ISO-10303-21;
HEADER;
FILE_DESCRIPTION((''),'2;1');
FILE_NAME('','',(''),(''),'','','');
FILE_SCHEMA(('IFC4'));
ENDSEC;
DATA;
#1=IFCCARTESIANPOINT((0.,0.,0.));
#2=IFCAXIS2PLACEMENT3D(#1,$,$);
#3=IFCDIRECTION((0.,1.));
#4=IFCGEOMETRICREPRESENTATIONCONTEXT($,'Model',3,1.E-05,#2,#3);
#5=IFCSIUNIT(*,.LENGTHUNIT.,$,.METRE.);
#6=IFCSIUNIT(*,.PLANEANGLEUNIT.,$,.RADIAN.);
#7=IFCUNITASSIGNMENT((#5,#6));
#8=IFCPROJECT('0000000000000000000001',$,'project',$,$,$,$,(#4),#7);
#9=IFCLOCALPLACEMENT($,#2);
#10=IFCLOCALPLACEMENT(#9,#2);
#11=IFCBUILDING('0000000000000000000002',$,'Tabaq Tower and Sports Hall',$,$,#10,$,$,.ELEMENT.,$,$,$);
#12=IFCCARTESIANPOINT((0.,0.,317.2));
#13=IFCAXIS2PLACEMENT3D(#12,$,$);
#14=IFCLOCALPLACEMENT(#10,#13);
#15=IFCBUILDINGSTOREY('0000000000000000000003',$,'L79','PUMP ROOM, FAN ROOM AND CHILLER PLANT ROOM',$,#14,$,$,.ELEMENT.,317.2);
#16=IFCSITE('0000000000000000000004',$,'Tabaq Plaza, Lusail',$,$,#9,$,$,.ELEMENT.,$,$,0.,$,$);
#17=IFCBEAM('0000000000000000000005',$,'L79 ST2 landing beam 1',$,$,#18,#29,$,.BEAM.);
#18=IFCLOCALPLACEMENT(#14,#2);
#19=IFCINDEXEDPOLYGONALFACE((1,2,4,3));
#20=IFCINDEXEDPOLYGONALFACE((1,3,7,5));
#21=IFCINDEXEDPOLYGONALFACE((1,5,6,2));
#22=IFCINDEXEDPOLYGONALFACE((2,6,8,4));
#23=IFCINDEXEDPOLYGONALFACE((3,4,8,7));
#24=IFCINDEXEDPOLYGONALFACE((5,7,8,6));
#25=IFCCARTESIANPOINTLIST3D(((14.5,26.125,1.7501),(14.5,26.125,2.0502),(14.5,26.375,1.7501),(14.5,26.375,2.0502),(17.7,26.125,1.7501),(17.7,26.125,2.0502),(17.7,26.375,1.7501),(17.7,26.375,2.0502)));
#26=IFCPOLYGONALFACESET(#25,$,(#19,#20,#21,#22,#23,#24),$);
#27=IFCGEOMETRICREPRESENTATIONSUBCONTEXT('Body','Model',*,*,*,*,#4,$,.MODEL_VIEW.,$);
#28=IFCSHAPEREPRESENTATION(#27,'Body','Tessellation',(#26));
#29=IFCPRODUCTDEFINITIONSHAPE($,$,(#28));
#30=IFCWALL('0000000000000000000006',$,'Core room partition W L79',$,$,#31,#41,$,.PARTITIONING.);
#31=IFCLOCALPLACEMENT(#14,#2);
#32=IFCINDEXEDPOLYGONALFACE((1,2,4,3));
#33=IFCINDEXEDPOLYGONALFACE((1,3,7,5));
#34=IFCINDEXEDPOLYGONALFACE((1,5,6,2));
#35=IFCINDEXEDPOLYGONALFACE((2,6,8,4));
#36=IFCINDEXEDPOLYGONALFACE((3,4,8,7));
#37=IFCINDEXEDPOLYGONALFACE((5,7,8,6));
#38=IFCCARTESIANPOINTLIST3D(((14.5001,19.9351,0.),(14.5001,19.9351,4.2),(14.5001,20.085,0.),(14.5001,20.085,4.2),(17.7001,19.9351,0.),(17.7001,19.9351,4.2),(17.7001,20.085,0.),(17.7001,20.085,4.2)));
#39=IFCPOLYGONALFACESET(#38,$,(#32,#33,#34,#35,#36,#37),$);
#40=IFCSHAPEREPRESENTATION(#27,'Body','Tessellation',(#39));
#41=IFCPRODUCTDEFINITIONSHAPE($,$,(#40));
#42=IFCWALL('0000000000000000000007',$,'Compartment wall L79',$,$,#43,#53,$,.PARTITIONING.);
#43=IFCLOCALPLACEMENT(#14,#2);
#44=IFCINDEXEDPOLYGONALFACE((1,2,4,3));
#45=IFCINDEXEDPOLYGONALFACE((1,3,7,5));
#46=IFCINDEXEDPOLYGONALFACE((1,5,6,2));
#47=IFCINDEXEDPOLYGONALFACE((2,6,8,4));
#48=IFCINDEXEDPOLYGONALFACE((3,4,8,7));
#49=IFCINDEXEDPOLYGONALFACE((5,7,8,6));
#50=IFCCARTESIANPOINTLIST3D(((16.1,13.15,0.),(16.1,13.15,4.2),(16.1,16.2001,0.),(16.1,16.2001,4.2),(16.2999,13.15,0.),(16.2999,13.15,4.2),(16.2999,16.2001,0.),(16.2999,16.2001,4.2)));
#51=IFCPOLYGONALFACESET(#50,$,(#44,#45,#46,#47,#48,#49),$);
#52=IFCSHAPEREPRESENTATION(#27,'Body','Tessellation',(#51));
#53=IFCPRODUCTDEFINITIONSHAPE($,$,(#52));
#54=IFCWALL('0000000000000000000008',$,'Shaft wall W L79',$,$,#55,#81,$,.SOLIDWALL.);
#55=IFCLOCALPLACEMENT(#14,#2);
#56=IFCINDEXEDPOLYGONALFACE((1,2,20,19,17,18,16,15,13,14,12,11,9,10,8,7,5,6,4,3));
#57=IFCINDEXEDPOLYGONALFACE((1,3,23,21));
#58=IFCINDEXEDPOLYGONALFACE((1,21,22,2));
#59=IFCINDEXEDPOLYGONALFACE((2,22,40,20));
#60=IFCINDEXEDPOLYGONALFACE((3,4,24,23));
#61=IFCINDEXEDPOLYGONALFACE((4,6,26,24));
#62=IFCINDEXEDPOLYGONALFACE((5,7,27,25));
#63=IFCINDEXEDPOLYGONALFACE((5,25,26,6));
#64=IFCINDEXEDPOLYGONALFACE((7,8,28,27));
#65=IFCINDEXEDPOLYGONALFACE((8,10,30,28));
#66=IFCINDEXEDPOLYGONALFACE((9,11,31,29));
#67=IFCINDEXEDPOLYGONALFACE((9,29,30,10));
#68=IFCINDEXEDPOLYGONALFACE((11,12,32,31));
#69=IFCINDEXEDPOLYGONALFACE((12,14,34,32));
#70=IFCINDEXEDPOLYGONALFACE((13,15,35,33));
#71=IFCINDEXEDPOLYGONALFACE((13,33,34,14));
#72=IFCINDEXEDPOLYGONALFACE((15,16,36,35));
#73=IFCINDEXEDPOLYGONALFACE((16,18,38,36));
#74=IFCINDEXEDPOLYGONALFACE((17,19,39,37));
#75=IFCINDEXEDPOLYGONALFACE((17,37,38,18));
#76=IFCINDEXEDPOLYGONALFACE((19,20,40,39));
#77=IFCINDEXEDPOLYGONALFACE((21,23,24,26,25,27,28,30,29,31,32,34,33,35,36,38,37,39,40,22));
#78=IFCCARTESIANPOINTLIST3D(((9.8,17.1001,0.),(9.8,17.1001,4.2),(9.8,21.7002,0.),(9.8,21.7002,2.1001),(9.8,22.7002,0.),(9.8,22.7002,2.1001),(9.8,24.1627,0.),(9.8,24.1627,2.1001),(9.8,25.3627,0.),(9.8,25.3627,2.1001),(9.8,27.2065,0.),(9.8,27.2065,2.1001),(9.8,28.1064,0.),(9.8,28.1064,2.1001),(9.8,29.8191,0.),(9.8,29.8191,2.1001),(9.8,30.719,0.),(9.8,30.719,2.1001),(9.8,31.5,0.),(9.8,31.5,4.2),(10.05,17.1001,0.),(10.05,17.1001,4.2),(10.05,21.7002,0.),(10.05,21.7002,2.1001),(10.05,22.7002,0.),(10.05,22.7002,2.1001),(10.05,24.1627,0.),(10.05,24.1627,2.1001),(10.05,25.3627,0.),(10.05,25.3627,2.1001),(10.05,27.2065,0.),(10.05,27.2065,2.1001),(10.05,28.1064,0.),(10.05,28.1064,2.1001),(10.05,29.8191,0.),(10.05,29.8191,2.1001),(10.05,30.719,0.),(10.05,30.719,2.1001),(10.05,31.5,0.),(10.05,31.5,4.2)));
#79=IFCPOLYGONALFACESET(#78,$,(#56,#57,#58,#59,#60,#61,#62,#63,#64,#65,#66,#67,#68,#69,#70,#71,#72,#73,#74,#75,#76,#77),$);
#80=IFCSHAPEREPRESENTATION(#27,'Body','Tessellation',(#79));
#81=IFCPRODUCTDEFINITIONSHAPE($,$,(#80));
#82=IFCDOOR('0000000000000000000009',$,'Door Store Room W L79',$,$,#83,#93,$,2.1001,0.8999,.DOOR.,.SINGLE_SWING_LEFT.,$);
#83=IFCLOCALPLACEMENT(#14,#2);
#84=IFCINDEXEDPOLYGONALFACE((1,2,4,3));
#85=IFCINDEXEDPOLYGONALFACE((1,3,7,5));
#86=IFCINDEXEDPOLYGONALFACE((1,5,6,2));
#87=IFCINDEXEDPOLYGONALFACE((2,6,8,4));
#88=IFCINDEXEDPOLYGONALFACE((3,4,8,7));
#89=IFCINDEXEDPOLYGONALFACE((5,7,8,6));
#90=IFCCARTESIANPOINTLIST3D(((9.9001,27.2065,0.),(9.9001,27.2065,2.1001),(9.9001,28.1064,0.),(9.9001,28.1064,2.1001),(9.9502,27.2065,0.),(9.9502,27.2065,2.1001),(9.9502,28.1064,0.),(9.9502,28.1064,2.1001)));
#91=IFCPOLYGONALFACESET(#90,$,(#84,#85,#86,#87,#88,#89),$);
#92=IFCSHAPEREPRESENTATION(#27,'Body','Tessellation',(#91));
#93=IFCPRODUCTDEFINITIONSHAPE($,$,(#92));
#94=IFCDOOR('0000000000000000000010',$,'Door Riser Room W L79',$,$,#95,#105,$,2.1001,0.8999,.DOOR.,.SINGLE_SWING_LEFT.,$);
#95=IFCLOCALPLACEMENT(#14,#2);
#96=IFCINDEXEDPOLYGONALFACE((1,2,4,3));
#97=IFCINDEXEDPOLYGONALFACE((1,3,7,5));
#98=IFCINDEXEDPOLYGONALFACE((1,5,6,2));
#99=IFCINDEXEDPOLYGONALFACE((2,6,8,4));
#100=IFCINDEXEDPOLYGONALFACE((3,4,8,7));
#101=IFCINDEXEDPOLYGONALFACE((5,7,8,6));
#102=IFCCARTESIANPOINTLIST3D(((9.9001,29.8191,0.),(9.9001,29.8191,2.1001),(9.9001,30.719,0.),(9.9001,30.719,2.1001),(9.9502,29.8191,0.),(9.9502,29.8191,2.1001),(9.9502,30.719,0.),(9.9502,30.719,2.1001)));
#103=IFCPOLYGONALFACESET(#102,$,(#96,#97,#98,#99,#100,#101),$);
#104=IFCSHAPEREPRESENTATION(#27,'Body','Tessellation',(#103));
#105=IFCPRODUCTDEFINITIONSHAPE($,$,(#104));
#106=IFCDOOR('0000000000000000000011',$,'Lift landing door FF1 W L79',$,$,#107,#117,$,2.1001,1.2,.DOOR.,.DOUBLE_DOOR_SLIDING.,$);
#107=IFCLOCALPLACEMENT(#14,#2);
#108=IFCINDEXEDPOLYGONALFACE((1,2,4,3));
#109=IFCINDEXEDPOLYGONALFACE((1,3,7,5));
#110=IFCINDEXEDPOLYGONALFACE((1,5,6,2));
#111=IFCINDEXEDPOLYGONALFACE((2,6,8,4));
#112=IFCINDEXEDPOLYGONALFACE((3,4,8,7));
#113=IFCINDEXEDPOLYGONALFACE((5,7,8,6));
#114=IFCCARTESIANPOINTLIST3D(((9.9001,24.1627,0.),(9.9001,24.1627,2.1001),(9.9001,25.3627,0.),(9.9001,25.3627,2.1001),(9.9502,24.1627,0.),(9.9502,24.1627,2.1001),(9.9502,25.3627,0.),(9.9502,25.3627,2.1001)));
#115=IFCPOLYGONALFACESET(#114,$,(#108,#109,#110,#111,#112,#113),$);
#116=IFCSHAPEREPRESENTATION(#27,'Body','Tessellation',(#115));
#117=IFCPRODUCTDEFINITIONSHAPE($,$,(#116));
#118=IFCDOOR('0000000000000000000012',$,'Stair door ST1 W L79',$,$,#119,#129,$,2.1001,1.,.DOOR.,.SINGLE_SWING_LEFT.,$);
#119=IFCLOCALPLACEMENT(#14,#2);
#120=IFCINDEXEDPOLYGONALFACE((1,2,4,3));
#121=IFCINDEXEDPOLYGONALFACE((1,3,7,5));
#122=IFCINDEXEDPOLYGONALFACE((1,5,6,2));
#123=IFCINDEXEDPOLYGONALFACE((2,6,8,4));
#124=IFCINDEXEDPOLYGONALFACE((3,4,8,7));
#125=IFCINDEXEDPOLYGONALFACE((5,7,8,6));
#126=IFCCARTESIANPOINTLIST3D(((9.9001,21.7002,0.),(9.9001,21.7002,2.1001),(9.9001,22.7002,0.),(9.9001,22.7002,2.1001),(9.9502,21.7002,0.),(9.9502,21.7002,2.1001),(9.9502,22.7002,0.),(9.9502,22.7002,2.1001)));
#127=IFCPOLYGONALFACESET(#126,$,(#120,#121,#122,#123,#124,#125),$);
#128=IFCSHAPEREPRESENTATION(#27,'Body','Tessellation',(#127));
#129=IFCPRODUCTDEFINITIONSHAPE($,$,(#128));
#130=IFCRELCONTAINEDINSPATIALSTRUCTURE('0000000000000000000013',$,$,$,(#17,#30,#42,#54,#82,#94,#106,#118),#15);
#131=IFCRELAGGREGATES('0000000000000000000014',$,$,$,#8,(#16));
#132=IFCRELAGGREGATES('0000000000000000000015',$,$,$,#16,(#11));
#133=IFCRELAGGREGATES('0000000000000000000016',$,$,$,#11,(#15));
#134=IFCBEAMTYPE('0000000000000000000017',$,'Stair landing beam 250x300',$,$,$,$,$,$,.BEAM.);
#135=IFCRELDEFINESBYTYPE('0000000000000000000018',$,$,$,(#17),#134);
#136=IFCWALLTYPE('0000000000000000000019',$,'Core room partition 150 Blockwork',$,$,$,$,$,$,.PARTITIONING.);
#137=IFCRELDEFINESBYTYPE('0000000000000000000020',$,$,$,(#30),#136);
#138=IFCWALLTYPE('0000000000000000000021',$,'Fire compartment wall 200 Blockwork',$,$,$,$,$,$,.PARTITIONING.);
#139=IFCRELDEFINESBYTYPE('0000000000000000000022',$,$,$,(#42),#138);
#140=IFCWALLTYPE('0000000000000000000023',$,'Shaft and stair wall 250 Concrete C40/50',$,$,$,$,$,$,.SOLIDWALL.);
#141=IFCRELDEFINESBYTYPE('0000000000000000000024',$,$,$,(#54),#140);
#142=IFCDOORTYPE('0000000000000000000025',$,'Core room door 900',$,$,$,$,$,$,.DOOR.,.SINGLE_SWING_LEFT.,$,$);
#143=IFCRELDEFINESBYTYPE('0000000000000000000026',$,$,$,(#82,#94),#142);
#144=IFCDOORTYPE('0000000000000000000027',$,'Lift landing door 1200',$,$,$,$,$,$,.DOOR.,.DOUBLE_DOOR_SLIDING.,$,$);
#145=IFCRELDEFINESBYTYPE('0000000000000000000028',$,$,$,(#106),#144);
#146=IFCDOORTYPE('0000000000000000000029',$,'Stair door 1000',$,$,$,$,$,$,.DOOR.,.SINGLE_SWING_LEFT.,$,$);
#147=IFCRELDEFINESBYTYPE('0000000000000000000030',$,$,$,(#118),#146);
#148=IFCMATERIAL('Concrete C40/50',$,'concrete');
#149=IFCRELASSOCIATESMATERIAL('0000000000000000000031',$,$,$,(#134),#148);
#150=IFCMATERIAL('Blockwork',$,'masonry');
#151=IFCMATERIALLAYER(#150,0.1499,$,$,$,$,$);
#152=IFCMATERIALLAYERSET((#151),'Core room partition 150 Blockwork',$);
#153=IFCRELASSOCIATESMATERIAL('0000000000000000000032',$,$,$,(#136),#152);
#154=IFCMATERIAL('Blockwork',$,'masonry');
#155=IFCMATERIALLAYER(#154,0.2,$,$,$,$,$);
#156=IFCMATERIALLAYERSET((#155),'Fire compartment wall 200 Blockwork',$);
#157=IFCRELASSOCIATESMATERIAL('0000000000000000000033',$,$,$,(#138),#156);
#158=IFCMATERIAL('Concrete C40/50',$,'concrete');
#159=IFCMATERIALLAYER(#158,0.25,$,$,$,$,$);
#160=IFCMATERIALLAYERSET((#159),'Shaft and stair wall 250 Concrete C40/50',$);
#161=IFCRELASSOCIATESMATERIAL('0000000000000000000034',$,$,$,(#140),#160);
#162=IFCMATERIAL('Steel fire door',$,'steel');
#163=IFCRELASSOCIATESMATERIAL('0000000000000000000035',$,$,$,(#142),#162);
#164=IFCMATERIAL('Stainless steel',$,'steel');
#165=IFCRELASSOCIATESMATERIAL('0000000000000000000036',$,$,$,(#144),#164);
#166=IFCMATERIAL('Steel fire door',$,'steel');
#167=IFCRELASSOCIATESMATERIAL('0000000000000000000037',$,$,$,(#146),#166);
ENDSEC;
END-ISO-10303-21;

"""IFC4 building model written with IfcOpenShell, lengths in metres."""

from ifc_helpers import new_model, si_unit, direction, frame, frame_2d, origin, origin_2d, place, context, subcontext, project, spatial, rectangle, extrude, material, layer, layer_set, material_profile, profile_set, type_object, element, fill, save


model = new_model("IFC4")

# Units and contexts
model_context = context("Model", 3, precision=1e-05, world=origin(), true_north=direction((0.0, 1.0)))
body_context = subcontext(model_context, "Body", "Model", "MODEL_VIEW")
ifc_project = project(units=[si_unit("LENGTHUNIT", "METRE"), si_unit("PLANEANGLEUNIT", "RADIAN")], contexts=[model_context])

# Site, building, storey
site_placement = place(None, origin())
site = spatial("IfcSite", under=ifc_project, at=site_placement, Name="Tabaq Plaza, Lusail", CompositionType="ELEMENT", RefElevation=0.0)
building_placement = place(site_placement, origin())
building = spatial("IfcBuilding", under=site, at=building_placement, Name="Tabaq Tower and Sports Hall", CompositionType="ELEMENT")
storey_placement = place(building_placement, frame((0.0, 0.0, 317.2)))
storey = spatial("IfcBuildingStorey", under=building, at=storey_placement, Name="L79", Description="PUMP ROOM, FAN ROOM AND CHILLER PLANT ROOM", CompositionType="ELEMENT", Elevation=317.2)

# Beam
ifc_material_1 = material(Name="Concrete C40/50", Category="concrete")
ifc_material_profile = material_profile(ifc_material_1, rectangle(XDim=0.25, YDim=0.3, at=origin_2d()), Name="RC 250x300")
ifc_profile_set = profile_set([ifc_material_profile], Name="Concrete C40/50")
beam_type = type_object("IfcBeamType", Name="Stair landing beam 250x300", PredefinedType="BEAM", material=ifc_profile_set)
beam_placement = place(storey_placement, frame((14.5, 26.25, 1.9001), z_axis=(1.0, 0.0, 0.0), x_axis=(0.0, 1.0, 0.0)))
element("IfcBeam", 1, at=beam_placement, inside=storey, type_object=beam_type, Name="L79 ST2 landing beam 1", PredefinedType="BEAM", context=body_context, shape_type="SweptSolid", body=[
    extrude(rectangle(XDim=0.25, YDim=0.3, at=origin_2d()), origin(), (0.0, 0.0, 1.0), 3.2),
])

# Walls
ifc_material_2 = material(Name="Blockwork", Category="masonry")
ifc_layer_1 = layer(ifc_material_2, 0.1499)
ifc_layer_set_1 = layer_set([ifc_layer_1], Name="Core room partition 150 Blockwork")
wall_type_1 = type_object("IfcWallType", Name="Core room partition 150 Blockwork", PredefinedType="PARTITIONING", material=ifc_layer_set_1)
wall_1_placement = place(storey_placement, frame((14.5, 20.01, 0.0), z_axis=(0.0, 0.0, 1.0), x_axis=(1.0, 0.0, 0.0)))
element("IfcWall", 2, at=wall_1_placement, inside=storey, type_object=wall_type_1, Name="Core room partition W L79", PredefinedType="PARTITIONING", context=body_context, shape_type="SweptSolid", body=[
    extrude(rectangle(XDim=3.2, YDim=0.1499, at=frame_2d((1.6001, 0.0))), origin(), (0.0, 0.0, 1.0), 4.2),
])
ifc_material_3 = material(Name="Blockwork", Category="masonry")
ifc_layer_2 = layer(ifc_material_3, 0.2)
ifc_layer_set_2 = layer_set([ifc_layer_2], Name="Fire compartment wall 200 Blockwork")
wall_type_2 = type_object("IfcWallType", Name="Fire compartment wall 200 Blockwork", PredefinedType="PARTITIONING", material=ifc_layer_set_2)
wall_2_placement = place(storey_placement, frame((16.2, 16.2, 0.0), z_axis=(0.0, 0.0, 1.0), x_axis=(0.0, -1.0, 0.0)))
element("IfcWall", 3, at=wall_2_placement, inside=storey, type_object=wall_type_2, Name="Compartment wall L79", PredefinedType="PARTITIONING", context=body_context, shape_type="SweptSolid", body=[
    extrude(rectangle(XDim=3.05, YDim=0.2, at=frame_2d((1.5249, 0.0))), origin(), (0.0, 0.0, 1.0), 4.2),
])

# Wall, openings, doors
ifc_material_4 = material(Name="Concrete C40/50", Category="concrete")
ifc_layer_3 = layer(ifc_material_4, 0.25)
ifc_layer_set_3 = layer_set([ifc_layer_3], Name="Shaft and stair wall 250 Concrete C40/50")
wall_type_3 = type_object("IfcWallType", Name="Shaft and stair wall 250 Concrete C40/50", PredefinedType="SOLIDWALL", material=ifc_layer_set_3)
wall_3_placement = place(storey_placement, frame((9.925, 17.1001, 0.0), z_axis=(0.0, 0.0, 1.0), x_axis=(0.0, 1.0, 0.0)))
wall_3 = element("IfcWall", 4, at=wall_3_placement, inside=storey, type_object=wall_type_3, Name="Shaft wall W L79", PredefinedType="SOLIDWALL", context=body_context, shape_type="SweptSolid", body=[
    extrude(rectangle(XDim=14.3999, YDim=0.25, at=frame_2d((7.2, 0.0))), origin(), (0.0, 0.0, 1.0), 4.2),
])
opening_1_placement = place(wall_3_placement, frame((4.6001, 0.0, 0.0)))
opening_1 = element("IfcOpeningElement", 5, at=opening_1_placement, cuts=wall_3, PredefinedType="OPENING", context=body_context, shape_type="SweptSolid", body=[
    extrude(rectangle(XDim=1.0, YDim=2.1001, at=frame_2d((0.5, 1.05))), frame((0.0, 0.125, 0.0), z_axis=(0.0, -1.0, 0.0), x_axis=(1.0, 0.0, 0.0)), (0.0, 0.0, 1.0), 0.25),
])
opening_2_placement = place(wall_3_placement, frame((7.0625, 0.0, 0.0)))
opening_2 = element("IfcOpeningElement", 6, at=opening_2_placement, cuts=wall_3, PredefinedType="OPENING", context=body_context, shape_type="SweptSolid", body=[
    extrude(rectangle(XDim=1.2, YDim=2.1001, at=frame_2d((0.6001, 1.05))), frame((0.0, 0.125, 0.0), z_axis=(0.0, -1.0, 0.0), x_axis=(1.0, 0.0, 0.0)), (0.0, 0.0, 1.0), 0.25),
])
opening_3_placement = place(wall_3_placement, frame((10.1064, 0.0, 0.0)))
opening_3 = element("IfcOpeningElement", 7, at=opening_3_placement, cuts=wall_3, PredefinedType="OPENING", context=body_context, shape_type="SweptSolid", body=[
    extrude(rectangle(XDim=0.8999, YDim=2.1001, at=frame_2d((0.45, 1.05))), frame((0.0, 0.125, 0.0), z_axis=(0.0, -1.0, 0.0), x_axis=(1.0, 0.0, 0.0)), (0.0, 0.0, 1.0), 0.25),
])
opening_4_placement = place(wall_3_placement, frame((12.719, 0.0, 0.0)))
opening_4 = element("IfcOpeningElement", 8, at=opening_4_placement, cuts=wall_3, PredefinedType="OPENING", context=body_context, shape_type="SweptSolid", body=[
    extrude(rectangle(XDim=0.8999, YDim=2.1001, at=frame_2d((0.45, 1.05))), frame((0.0, 0.125, 0.0), z_axis=(0.0, -1.0, 0.0), x_axis=(1.0, 0.0, 0.0)), (0.0, 0.0, 1.0), 0.25),
])
ifc_material_5 = material(Name="Steel fire door", Category="steel")
door_type_1 = type_object("IfcDoorType", Name="Core room door 900", OperationType="SINGLE_SWING_LEFT", PredefinedType="DOOR", material=ifc_material_5)
door_1_placement = place(opening_3_placement, origin())
door_1 = element("IfcDoor", 9, at=door_1_placement, inside=storey, type_object=door_type_1, Name="Door Store Room W L79", OperationType="SINGLE_SWING_LEFT", OverallHeight=2.1001, OverallWidth=0.8999, PredefinedType="DOOR", context=body_context, shape_type="SweptSolid", body=[
    extrude(rectangle(XDim=0.8999, YDim=2.1001, at=frame_2d((0.45, 1.05))), frame((0.0, 0.0249, 0.0), z_axis=(0.0, -1.0, 0.0), x_axis=(1.0, 0.0, 0.0)), (0.0, 0.0, 1.0), 0.05),
])
fill(opening_3, door_1)
door_2_placement = place(opening_4_placement, origin())
door_2 = element("IfcDoor", 10, at=door_2_placement, inside=storey, type_object=door_type_1, Name="Door Riser Room W L79", OperationType="SINGLE_SWING_LEFT", OverallHeight=2.1001, OverallWidth=0.8999, PredefinedType="DOOR", context=body_context, shape_type="SweptSolid", body=[
    extrude(rectangle(XDim=0.8999, YDim=2.1001, at=frame_2d((0.45, 1.05))), frame((0.0, 0.0249, 0.0), z_axis=(0.0, -1.0, 0.0), x_axis=(1.0, 0.0, 0.0)), (0.0, 0.0, 1.0), 0.05),
])
fill(opening_4, door_2)
ifc_material_6 = material(Name="Stainless steel", Category="steel")
door_type_2 = type_object("IfcDoorType", Name="Lift landing door 1200", OperationType="DOUBLE_DOOR_SLIDING", PredefinedType="DOOR", material=ifc_material_6)
door_3_placement = place(opening_2_placement, origin())
door_3 = element("IfcDoor", 11, at=door_3_placement, inside=storey, type_object=door_type_2, Name="Lift landing door FF1 W L79", OperationType="DOUBLE_DOOR_SLIDING", OverallHeight=2.1001, OverallWidth=1.2, PredefinedType="DOOR", context=body_context, shape_type="SweptSolid", body=[
    extrude(rectangle(XDim=1.2, YDim=2.1001, at=frame_2d((0.6001, 1.05))), frame((0.0, 0.0249, 0.0), z_axis=(0.0, -1.0, 0.0), x_axis=(1.0, 0.0, 0.0)), (0.0, 0.0, 1.0), 0.05),
])
fill(opening_2, door_3)
ifc_material_7 = material(Name="Steel fire door", Category="steel")
door_type_3 = type_object("IfcDoorType", Name="Stair door 1000", OperationType="SINGLE_SWING_LEFT", PredefinedType="DOOR", material=ifc_material_7)
door_4_placement = place(opening_1_placement, origin())
door_4 = element("IfcDoor", 12, at=door_4_placement, inside=storey, type_object=door_type_3, Name="Stair door ST1 W L79", OperationType="SINGLE_SWING_LEFT", OverallHeight=2.1001, OverallWidth=1.0, PredefinedType="DOOR", context=body_context, shape_type="SweptSolid", body=[
    extrude(rectangle(XDim=1.0, YDim=2.1001, at=frame_2d((0.5, 1.05))), frame((0.0, 0.0249, 0.0), z_axis=(0.0, -1.0, 0.0), x_axis=(1.0, 0.0, 0.0)), (0.0, 0.0, 1.0), 0.05),
])
fill(opening_1, door_4)

save(model, "model.ifc")
